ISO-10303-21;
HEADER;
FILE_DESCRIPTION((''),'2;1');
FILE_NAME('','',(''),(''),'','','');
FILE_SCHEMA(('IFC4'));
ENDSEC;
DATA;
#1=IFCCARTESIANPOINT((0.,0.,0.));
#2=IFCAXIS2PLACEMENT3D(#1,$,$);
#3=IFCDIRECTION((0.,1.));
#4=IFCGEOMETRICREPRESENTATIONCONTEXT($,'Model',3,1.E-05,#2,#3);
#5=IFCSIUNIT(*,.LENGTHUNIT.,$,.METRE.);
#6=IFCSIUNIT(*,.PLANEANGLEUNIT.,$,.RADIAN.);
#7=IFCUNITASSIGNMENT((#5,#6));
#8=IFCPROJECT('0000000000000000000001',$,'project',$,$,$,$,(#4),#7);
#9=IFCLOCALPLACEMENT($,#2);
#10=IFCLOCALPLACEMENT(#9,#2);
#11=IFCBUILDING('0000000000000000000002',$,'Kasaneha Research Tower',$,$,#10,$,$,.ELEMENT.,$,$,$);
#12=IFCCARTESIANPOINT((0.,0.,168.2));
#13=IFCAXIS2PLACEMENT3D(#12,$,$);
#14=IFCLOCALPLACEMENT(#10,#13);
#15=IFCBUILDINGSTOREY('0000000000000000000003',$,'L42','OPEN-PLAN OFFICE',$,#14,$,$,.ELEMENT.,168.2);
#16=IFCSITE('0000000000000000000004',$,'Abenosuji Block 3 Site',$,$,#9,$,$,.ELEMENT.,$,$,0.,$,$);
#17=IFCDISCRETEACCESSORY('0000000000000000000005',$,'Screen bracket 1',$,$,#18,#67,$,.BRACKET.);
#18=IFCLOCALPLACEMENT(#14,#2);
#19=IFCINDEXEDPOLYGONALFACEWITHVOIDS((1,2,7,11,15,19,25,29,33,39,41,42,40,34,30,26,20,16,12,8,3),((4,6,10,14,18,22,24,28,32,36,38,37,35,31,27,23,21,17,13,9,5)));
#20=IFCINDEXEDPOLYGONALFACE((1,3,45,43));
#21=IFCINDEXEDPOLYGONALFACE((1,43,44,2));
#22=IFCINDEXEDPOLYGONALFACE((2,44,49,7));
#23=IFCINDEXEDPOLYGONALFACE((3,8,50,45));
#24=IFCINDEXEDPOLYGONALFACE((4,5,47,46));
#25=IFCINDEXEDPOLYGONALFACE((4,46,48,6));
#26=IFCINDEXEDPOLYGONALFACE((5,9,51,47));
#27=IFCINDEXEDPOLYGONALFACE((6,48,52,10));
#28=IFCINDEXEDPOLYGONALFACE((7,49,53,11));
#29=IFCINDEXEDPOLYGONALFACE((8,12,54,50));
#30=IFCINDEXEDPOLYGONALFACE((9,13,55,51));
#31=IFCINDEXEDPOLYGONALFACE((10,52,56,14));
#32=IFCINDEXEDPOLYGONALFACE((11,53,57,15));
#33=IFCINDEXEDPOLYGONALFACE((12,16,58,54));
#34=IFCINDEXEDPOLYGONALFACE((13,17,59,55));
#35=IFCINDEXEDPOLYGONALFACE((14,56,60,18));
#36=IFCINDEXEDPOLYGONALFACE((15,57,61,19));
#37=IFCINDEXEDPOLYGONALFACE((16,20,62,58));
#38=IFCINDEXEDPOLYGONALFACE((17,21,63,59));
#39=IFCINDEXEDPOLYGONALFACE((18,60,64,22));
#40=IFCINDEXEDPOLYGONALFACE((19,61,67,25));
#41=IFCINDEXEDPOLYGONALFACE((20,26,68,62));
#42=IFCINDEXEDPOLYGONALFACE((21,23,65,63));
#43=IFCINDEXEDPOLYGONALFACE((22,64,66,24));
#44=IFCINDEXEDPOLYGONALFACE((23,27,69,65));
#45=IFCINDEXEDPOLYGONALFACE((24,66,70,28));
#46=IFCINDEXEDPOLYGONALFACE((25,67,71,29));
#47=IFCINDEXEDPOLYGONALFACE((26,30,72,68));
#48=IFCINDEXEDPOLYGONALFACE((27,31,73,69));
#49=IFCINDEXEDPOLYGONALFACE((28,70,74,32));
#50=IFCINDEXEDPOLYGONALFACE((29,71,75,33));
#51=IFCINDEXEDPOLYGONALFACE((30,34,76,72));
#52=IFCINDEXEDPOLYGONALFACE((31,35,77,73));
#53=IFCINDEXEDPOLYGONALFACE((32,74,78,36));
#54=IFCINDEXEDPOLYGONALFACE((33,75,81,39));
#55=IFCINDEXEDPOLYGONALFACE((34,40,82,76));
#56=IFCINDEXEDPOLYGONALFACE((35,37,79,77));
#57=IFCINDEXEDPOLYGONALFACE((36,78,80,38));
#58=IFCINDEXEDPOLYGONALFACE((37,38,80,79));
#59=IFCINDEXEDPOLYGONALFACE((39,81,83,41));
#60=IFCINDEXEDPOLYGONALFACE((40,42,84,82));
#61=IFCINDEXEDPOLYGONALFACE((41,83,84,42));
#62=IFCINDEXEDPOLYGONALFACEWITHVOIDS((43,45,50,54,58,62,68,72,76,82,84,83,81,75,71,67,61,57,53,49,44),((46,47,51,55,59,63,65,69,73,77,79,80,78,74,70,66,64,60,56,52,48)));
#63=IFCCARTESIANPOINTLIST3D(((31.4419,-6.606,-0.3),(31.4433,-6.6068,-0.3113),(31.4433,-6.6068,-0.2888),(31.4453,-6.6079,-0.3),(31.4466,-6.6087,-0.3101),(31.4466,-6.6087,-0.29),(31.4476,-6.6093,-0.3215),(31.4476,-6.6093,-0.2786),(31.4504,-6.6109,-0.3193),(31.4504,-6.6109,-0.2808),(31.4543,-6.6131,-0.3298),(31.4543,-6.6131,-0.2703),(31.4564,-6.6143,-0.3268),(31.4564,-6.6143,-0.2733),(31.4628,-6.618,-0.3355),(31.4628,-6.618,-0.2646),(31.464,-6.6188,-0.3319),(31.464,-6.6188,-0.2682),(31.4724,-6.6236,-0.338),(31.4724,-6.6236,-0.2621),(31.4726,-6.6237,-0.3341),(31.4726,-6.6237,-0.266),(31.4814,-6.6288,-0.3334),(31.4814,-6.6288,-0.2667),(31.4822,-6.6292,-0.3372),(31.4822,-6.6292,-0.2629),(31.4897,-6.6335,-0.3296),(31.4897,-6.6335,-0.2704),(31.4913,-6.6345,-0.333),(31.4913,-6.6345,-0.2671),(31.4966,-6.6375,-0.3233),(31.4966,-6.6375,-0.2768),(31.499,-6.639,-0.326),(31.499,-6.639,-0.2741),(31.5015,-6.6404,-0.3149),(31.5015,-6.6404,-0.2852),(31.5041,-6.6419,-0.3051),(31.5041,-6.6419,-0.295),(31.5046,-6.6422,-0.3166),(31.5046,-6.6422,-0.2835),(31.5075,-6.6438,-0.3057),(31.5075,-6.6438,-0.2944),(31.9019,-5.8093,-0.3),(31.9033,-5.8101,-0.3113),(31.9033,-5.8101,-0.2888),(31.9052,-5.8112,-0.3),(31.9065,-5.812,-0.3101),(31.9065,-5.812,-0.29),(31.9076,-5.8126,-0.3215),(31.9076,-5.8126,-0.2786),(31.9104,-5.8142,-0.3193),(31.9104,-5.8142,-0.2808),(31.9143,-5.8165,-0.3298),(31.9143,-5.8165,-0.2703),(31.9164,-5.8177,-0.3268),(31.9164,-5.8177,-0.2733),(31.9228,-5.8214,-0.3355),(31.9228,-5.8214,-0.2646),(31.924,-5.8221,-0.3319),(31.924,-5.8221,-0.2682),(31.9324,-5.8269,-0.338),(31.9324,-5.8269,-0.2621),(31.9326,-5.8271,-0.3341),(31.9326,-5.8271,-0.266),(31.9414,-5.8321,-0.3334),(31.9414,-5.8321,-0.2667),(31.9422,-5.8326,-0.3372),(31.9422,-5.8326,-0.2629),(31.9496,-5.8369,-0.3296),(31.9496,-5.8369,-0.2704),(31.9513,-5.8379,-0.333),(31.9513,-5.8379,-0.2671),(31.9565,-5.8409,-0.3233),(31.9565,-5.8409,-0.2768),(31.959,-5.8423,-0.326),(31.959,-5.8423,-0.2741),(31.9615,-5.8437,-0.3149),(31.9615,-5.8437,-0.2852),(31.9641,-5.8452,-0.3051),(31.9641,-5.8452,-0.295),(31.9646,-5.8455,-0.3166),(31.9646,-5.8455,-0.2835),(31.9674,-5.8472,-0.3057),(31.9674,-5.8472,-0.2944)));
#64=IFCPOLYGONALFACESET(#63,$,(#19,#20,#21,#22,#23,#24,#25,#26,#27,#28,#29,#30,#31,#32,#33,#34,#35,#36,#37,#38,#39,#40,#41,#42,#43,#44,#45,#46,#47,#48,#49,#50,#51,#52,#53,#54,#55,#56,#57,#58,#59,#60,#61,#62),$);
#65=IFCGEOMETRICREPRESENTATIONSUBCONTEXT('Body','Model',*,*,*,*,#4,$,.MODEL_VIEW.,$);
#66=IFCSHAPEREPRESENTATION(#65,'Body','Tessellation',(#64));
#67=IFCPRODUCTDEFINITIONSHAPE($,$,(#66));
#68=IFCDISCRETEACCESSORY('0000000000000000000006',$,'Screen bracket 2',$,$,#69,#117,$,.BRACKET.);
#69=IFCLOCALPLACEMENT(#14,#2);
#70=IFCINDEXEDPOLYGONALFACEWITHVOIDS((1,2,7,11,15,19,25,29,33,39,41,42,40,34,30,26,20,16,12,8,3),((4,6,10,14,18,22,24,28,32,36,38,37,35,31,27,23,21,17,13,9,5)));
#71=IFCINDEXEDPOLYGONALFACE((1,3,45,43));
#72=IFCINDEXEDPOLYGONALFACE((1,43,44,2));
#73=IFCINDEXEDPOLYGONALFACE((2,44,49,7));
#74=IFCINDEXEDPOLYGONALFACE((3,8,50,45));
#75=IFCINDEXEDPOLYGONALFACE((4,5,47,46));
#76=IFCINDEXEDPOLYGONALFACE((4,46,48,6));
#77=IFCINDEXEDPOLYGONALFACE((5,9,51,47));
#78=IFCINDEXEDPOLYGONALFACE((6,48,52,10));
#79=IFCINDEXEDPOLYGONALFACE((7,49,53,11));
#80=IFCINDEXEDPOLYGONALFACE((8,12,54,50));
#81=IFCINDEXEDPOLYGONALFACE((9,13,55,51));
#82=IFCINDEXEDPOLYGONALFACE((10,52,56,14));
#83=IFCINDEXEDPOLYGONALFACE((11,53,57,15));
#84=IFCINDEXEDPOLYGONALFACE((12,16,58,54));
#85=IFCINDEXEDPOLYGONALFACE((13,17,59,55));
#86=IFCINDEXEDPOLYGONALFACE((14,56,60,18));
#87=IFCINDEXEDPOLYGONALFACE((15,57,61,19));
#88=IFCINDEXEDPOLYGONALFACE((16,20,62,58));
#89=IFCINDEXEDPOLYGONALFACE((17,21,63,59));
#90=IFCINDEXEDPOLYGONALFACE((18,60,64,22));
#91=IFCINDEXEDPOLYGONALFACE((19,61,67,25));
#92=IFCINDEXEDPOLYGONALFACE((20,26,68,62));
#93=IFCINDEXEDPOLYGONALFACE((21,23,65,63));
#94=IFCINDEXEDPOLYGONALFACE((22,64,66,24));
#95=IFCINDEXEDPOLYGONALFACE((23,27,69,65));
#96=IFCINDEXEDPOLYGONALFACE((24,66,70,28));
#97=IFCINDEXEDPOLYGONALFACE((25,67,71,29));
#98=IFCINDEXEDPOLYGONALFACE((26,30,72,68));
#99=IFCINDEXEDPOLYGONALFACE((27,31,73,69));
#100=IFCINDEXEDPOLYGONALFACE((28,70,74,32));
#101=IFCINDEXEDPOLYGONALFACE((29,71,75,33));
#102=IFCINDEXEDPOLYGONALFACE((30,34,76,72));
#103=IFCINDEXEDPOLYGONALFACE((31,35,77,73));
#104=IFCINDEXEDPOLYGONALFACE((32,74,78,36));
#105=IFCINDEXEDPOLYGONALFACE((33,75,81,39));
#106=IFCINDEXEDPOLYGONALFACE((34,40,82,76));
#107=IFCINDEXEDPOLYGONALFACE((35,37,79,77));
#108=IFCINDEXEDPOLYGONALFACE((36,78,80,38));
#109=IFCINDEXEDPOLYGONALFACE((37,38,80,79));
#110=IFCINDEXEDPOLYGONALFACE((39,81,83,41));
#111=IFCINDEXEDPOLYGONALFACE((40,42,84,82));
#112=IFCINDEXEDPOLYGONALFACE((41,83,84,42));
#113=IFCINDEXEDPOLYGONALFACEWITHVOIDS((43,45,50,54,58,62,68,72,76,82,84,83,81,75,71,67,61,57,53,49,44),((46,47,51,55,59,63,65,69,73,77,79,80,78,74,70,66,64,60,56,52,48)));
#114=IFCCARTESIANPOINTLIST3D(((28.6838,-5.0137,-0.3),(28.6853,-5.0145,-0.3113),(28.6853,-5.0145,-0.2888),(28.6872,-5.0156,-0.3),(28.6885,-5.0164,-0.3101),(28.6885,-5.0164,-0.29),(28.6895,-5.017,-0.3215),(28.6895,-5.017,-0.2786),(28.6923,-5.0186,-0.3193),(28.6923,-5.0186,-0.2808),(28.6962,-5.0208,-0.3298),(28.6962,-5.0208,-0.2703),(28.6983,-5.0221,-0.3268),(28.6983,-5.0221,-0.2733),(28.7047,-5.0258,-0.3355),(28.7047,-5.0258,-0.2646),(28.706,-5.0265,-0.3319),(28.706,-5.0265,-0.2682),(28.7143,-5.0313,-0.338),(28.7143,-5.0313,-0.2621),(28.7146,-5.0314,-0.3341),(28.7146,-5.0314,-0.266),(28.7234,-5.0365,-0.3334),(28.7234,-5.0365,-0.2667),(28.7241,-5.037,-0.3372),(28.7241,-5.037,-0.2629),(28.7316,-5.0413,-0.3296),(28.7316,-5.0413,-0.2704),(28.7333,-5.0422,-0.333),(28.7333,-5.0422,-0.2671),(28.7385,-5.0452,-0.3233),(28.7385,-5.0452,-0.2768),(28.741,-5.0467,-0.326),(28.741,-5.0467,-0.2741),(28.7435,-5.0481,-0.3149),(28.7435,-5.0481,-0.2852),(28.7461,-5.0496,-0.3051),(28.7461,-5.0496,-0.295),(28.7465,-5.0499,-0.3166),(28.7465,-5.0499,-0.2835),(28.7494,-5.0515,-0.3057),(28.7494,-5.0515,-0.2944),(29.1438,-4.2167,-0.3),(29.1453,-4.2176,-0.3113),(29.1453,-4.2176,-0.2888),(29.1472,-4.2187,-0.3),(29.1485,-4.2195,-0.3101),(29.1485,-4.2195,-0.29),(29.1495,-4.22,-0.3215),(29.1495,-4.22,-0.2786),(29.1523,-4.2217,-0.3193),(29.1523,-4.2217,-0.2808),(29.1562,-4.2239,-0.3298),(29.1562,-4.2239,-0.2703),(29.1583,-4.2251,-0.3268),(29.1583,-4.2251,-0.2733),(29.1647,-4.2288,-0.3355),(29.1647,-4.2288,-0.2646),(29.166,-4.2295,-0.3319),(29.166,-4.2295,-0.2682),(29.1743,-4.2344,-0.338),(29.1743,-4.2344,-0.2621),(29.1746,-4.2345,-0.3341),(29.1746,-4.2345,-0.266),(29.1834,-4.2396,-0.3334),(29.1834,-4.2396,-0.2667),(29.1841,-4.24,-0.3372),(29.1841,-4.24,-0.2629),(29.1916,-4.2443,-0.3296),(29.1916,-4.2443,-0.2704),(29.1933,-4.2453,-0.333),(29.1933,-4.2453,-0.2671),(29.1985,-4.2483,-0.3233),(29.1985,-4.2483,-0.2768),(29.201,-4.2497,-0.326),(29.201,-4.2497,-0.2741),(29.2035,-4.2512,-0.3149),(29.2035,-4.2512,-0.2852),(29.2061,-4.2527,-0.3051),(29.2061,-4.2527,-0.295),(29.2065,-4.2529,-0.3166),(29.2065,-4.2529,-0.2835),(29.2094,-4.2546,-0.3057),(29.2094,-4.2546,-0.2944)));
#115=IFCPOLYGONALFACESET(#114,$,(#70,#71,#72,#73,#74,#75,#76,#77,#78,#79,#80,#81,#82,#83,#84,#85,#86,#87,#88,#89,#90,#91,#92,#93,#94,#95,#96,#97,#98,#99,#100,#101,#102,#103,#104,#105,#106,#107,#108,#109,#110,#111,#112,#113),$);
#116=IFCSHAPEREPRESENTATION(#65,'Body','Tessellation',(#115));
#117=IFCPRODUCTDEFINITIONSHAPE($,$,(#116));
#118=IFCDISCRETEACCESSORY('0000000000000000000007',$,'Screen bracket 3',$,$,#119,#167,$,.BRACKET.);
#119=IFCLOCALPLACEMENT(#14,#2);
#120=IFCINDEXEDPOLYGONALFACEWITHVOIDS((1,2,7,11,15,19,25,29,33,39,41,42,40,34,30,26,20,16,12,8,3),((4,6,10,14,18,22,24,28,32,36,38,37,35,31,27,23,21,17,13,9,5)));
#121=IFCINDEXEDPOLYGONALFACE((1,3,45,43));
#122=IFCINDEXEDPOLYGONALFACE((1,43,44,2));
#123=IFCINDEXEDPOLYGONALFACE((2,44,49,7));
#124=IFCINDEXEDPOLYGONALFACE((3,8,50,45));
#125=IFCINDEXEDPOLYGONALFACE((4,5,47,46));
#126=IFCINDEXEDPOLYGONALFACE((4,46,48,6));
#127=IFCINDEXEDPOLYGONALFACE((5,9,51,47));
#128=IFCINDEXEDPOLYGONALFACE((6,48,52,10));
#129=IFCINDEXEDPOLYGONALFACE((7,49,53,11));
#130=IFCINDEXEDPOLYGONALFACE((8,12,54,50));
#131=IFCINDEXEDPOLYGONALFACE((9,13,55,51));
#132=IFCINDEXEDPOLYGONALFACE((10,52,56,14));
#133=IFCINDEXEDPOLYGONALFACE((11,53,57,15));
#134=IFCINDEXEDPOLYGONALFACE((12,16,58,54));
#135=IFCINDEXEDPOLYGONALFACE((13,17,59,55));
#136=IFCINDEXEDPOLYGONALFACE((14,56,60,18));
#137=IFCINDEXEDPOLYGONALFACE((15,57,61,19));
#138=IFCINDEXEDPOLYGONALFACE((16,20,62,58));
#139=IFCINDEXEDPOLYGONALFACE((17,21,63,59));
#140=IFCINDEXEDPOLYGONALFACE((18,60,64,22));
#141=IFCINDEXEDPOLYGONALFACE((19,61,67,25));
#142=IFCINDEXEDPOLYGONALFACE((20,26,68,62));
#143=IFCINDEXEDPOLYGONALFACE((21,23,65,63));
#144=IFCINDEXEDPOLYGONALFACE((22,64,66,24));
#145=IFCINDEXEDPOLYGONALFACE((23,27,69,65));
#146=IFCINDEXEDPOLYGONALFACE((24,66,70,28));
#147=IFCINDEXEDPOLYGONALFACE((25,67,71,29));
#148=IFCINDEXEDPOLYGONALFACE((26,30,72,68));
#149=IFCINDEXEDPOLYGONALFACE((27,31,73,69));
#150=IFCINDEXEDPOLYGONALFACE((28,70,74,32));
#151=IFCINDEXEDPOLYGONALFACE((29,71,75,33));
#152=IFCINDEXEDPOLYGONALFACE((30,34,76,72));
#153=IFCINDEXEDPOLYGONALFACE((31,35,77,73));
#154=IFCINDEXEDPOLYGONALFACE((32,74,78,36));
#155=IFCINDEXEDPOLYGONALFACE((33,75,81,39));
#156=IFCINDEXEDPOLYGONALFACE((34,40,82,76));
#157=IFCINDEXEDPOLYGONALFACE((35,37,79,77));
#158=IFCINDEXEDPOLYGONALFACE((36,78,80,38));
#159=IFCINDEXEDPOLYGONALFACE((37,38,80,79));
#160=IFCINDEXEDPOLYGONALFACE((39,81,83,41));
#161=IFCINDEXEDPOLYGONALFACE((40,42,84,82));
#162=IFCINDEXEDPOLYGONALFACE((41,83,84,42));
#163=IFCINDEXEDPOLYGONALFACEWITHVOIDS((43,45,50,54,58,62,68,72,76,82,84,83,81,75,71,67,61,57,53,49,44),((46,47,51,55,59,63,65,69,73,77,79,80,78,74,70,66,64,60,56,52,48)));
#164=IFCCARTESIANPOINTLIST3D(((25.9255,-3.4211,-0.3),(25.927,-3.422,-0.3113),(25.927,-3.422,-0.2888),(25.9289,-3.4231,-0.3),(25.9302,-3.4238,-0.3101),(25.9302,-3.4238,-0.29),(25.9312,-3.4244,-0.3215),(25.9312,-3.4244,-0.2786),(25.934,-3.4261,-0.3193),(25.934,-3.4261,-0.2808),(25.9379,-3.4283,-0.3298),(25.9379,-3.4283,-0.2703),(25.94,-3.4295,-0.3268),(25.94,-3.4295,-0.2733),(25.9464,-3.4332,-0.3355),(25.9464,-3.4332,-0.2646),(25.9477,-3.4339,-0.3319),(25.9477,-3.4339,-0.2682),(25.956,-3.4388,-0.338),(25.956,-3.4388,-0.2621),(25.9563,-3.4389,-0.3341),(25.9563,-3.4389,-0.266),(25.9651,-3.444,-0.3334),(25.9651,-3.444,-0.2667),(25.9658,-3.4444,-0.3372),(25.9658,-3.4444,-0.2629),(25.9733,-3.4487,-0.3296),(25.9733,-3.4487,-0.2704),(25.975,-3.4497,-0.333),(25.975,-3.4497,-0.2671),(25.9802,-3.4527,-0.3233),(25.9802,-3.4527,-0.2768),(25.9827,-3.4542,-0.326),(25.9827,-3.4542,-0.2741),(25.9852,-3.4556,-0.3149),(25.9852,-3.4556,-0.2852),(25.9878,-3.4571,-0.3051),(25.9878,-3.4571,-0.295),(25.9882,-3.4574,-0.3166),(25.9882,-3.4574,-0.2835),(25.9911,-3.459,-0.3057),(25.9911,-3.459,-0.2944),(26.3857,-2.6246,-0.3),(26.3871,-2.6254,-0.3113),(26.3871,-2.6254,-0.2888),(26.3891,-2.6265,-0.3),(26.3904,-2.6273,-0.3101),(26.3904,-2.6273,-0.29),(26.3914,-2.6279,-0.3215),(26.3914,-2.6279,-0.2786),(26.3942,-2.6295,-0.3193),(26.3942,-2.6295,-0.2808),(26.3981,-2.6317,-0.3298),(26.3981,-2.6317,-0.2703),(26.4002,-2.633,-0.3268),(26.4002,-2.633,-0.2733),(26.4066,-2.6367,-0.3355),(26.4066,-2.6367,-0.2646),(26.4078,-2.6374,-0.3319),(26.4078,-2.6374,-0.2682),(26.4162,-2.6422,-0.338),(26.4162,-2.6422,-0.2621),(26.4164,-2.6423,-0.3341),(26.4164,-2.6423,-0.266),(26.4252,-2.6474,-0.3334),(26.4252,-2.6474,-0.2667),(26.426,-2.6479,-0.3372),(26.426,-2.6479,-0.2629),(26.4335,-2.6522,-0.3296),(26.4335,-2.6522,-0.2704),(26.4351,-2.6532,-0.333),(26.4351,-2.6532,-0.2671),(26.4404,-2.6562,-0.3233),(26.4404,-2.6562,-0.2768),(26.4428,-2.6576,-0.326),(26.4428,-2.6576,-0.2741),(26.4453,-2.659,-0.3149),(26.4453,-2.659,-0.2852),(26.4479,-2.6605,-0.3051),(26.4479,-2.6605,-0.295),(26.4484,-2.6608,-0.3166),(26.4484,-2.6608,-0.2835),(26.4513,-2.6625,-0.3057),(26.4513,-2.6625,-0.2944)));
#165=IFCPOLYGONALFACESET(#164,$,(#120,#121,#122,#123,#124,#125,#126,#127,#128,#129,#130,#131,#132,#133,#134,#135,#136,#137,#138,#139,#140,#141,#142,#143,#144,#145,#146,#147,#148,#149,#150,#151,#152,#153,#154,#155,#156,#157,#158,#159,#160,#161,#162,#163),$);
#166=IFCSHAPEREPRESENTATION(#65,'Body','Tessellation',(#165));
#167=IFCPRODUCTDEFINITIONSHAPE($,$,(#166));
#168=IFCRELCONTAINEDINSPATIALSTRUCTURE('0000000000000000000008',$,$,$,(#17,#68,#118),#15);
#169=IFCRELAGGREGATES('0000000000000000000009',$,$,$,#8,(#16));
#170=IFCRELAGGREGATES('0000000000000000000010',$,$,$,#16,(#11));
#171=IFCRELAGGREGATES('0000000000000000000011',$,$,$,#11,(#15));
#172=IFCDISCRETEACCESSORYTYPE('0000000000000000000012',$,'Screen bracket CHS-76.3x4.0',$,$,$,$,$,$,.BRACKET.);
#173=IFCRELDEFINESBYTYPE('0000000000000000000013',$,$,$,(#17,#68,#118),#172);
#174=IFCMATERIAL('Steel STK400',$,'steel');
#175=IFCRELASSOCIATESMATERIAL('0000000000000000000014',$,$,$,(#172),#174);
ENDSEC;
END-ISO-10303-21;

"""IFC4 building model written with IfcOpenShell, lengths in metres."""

from ifc_helpers import new_model, si_unit, direction, frame, origin, origin_2d, place, context, subcontext, project, spatial, hollow_circle, extrude, material, material_profile, profile_set, type_object, element, save


model = new_model("IFC4")

# Units and contexts
model_context = context("Model", 3, precision=1e-05, world=origin(), true_north=direction((0.0, 1.0)))
body_context = subcontext(model_context, "Body", "Model", "MODEL_VIEW")
ifc_project = project(units=[si_unit("LENGTHUNIT", "METRE"), si_unit("PLANEANGLEUNIT", "RADIAN")], contexts=[model_context])

# Site, building, storey
site_placement = place(None, origin())
site = spatial("IfcSite", under=ifc_project, at=site_placement, Name="Abenosuji Block 3 Site", CompositionType="ELEMENT", RefElevation=0.0)
building_placement = place(site_placement, origin())
building = spatial("IfcBuilding", under=site, at=building_placement, Name="Kasaneha Research Tower", CompositionType="ELEMENT")
storey_placement = place(building_placement, frame((0.0, 0.0, 168.2)))
storey = spatial("IfcBuildingStorey", under=building, at=storey_placement, Name="L42", Description="OPEN-PLAN OFFICE", CompositionType="ELEMENT", Elevation=168.2)

# Discrete accessories
ifc_material_1 = material(Name="Steel STK400", Category="steel")
ifc_material_profile_1 = material_profile(ifc_material_1, hollow_circle(Radius=0.0381, WallThickness=0.0039, at=origin_2d()), Name="CHS-76.3x4.0")
ifc_profile_set_1 = profile_set([ifc_material_profile_1], Name="Steel STK400")
discrete_accessory_type = type_object("IfcDiscreteAccessoryType", Name="Screen bracket CHS-76.3x4.0", PredefinedType="BRACKET", material=ifc_profile_set_1)
discrete_accessory_1_placement = place(storey_placement, frame((31.4749, -6.625, -0.3), z_axis=(0.500021, 0.866013, 0.0), x_axis=(-0.866013, 0.500021, 0.0)))
element("IfcDiscreteAccessory", 1, at=discrete_accessory_1_placement, inside=storey, type_object=discrete_accessory_type, Name="Screen bracket 1", PredefinedType="BRACKET", context=body_context, shape_type="SweptSolid", body=[
    extrude(hollow_circle(Radius=0.0381, WallThickness=0.0039, at=origin_2d()), origin(), (0.0, 0.0, 1.0), 0.9199),
])
discrete_accessory_2_placement = place(storey_placement, frame((28.7168, -5.0327, -0.3), z_axis=(0.499906, 0.86608, 0.0), x_axis=(-0.86608, 0.499906, 0.0)))
element("IfcDiscreteAccessory", 2, at=discrete_accessory_2_placement, inside=storey, type_object=discrete_accessory_type, Name="Screen bracket 2", PredefinedType="BRACKET", context=body_context, shape_type="SweptSolid", body=[
    extrude(hollow_circle(Radius=0.0381, WallThickness=0.0039, at=origin_2d()), origin(), (0.0, 0.0, 1.0), 0.9202),
])
discrete_accessory_3_placement = place(storey_placement, frame((25.9585, -3.4402, -0.3), z_axis=(0.50022, 0.865898, 0.0), x_axis=(-0.865898, 0.50022, 0.0)))
element("IfcDiscreteAccessory", 3, at=discrete_accessory_3_placement, inside=storey, type_object=discrete_accessory_type, Name="Screen bracket 3", PredefinedType="BRACKET", context=body_context, shape_type="SweptSolid", body=[
    extrude(hollow_circle(Radius=0.0381, WallThickness=0.0039, at=origin_2d()), origin(), (0.0, 0.0, 1.0), 0.9199),
])

save(model, "model.ifc")
